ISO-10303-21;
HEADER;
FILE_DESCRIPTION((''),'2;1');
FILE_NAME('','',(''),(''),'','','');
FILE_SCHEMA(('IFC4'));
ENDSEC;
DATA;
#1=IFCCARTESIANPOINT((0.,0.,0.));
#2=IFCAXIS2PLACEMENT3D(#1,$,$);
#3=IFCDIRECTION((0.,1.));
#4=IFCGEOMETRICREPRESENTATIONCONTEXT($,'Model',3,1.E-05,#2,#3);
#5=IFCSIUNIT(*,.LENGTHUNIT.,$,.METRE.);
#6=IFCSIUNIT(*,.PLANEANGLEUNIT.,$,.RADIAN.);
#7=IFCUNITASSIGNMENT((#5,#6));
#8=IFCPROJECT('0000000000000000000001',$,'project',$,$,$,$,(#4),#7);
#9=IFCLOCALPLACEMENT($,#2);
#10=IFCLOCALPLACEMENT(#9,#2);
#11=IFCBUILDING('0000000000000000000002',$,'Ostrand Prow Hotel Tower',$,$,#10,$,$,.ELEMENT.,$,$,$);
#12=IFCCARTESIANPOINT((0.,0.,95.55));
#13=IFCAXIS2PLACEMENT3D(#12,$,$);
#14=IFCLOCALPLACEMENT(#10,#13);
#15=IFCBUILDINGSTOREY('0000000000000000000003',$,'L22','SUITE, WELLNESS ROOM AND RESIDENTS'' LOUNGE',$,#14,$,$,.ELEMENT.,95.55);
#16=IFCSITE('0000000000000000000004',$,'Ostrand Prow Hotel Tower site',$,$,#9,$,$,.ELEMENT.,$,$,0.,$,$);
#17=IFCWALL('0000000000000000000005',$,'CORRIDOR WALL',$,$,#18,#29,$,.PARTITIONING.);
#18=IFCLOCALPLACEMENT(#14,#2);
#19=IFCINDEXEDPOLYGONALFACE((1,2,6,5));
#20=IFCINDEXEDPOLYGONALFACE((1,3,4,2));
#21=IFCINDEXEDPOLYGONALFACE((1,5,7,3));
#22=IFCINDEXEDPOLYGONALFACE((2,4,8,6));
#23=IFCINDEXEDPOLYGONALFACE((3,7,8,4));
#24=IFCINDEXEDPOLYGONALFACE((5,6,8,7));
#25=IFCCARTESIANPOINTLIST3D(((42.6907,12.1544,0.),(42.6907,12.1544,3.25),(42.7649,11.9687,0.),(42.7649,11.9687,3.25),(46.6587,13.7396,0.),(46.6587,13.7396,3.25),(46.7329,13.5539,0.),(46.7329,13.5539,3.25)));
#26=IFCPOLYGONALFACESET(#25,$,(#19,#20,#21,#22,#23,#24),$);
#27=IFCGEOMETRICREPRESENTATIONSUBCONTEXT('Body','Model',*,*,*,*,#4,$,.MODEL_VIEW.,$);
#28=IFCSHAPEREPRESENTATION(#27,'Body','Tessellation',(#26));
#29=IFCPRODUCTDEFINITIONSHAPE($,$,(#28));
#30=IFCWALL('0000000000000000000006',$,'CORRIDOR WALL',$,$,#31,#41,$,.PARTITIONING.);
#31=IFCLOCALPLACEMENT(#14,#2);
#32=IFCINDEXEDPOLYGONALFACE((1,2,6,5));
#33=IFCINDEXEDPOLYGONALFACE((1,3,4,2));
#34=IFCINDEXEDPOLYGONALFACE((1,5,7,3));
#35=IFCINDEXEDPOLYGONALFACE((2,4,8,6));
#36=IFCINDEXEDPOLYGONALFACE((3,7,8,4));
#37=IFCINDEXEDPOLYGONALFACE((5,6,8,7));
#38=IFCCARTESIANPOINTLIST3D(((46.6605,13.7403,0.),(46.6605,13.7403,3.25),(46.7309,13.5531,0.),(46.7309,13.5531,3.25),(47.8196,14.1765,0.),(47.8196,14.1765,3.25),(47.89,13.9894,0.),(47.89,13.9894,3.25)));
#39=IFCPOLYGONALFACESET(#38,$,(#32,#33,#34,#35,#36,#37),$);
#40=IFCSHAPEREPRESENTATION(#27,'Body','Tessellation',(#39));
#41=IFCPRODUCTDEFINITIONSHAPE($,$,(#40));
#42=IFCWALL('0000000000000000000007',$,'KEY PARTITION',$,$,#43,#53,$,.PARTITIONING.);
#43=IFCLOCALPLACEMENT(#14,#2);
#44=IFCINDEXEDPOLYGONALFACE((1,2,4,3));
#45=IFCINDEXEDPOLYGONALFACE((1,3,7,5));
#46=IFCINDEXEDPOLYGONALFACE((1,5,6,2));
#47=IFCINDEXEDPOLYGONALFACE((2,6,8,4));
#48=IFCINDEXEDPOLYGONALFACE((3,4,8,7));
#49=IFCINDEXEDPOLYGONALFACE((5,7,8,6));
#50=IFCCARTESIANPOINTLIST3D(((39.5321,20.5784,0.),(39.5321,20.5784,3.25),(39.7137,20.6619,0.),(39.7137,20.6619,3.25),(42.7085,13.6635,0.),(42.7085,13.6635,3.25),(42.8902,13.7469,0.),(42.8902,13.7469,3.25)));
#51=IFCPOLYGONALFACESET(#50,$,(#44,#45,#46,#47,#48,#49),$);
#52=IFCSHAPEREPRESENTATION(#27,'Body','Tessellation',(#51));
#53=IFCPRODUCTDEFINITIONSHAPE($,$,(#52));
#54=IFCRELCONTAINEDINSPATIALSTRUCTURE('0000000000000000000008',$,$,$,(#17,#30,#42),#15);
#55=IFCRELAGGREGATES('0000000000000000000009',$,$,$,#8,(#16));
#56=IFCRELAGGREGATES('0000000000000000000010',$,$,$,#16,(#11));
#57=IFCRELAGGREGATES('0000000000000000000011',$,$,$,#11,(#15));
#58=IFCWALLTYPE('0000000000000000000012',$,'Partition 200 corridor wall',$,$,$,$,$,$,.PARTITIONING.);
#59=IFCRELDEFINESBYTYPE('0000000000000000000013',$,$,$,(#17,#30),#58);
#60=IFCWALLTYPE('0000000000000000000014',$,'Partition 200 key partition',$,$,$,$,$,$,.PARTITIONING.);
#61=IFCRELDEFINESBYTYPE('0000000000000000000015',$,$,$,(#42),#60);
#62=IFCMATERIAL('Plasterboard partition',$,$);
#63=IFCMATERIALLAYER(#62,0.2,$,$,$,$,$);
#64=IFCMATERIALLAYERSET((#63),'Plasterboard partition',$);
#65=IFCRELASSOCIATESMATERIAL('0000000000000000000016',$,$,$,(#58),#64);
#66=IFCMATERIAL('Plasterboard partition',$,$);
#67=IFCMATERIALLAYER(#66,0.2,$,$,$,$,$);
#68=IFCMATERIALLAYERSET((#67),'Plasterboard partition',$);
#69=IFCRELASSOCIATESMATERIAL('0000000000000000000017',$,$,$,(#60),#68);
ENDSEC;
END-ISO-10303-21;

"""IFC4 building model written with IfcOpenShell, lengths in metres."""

from ifc_helpers import new_model, si_unit, direction, frame, frame_2d, origin, place, context, subcontext, project, spatial, rectangle, extrude, material, layer, layer_set, type_object, element, save


model = new_model("IFC4")

# Units and contexts
model_context = context("Model", 3, precision=1e-05, world=origin(), true_north=direction((0.0, 1.0)))
body_context = subcontext(model_context, "Body", "Model", "MODEL_VIEW")
ifc_project = project(units=[si_unit("LENGTHUNIT", "METRE"), si_unit("PLANEANGLEUNIT", "RADIAN")], contexts=[model_context])

# Site, building, storey
site_placement = place(None, origin())
site = spatial("IfcSite", under=ifc_project, at=site_placement, Name="Ostrand Prow Hotel Tower site", CompositionType="ELEMENT", RefElevation=0.0)
building_placement = place(site_placement, origin())
building = spatial("IfcBuilding", under=site, at=building_placement, Name="Ostrand Prow Hotel Tower", CompositionType="ELEMENT")
storey_placement = place(building_placement, frame((0.0, 0.0, 95.55)))
storey = spatial("IfcBuildingStorey", under=building, at=storey_placement, Name="L22", Description="SUITE, WELLNESS ROOM AND RESIDENTS' LOUNGE", CompositionType="ELEMENT", Elevation=95.55)

# Walls
ifc_material_1 = material(Name="Plasterboard partition")
ifc_layer_1 = layer(ifc_material_1, 0.2)
ifc_layer_set_1 = layer_set([ifc_layer_1], Name="Plasterboard partition")
wall_type_1 = type_object("IfcWallType", Name="Partition 200 corridor wall", PredefinedType="PARTITIONING", material=ifc_layer_set_1)
wall_1_placement = place(storey_placement, frame((42.7278, 12.0615, 0.0), z_axis=(0.0, 0.0, 1.0), x_axis=(0.928638, 0.370987, 0.0)))
element("IfcWall", 1, at=wall_1_placement, inside=storey, type_object=wall_type_1, Name="CORRIDOR WALL", PredefinedType="PARTITIONING", context=body_context, shape_type="SweptSolid", body=[
    extrude(rectangle(XDim=4.2729, YDim=0.2, at=frame_2d((2.1365, 0.0))), origin(), (0.0, 0.0, 1.0), 3.25),
])
wall_2_placement = place(storey_placement, frame((46.6958, 13.6467, 0.0), z_axis=(0.0, 0.0, 1.0), x_axis=(0.935907, 0.352246, 0.0)))
element("IfcWall", 2, at=wall_2_placement, inside=storey, type_object=wall_type_1, Name="CORRIDOR WALL", PredefinedType="PARTITIONING", context=body_context, shape_type="SweptSolid", body=[
    extrude(rectangle(XDim=1.2385, YDim=0.2, at=frame_2d((0.6191, 0.0))), origin(), (0.0, 0.0, 1.0), 3.25),
])
ifc_material_2 = material(Name="Plasterboard partition")
ifc_layer_2 = layer(ifc_material_2, 0.2)
ifc_layer_set_2 = layer_set([ifc_layer_2], Name="Plasterboard partition")
wall_type_2 = type_object("IfcWallType", Name="Partition 200 key partition", PredefinedType="PARTITIONING", material=ifc_layer_set_2)
wall_3_placement = place(storey_placement, frame((42.7993, 13.7053, 0.0), z_axis=(0.0, 0.0, 1.0), x_axis=(-0.417428, 0.90871, 0.0)))
element("IfcWall", 3, at=wall_3_placement, inside=storey, type_object=wall_type_2, Name="KEY PARTITION", PredefinedType="PARTITIONING", context=body_context, shape_type="SweptSolid", body=[
    extrude(rectangle(XDim=7.6096, YDim=0.2, at=frame_2d((3.8047, 0.0))), origin(), (0.0, 0.0, 1.0), 3.25),
])

save(model, "model.ifc")
